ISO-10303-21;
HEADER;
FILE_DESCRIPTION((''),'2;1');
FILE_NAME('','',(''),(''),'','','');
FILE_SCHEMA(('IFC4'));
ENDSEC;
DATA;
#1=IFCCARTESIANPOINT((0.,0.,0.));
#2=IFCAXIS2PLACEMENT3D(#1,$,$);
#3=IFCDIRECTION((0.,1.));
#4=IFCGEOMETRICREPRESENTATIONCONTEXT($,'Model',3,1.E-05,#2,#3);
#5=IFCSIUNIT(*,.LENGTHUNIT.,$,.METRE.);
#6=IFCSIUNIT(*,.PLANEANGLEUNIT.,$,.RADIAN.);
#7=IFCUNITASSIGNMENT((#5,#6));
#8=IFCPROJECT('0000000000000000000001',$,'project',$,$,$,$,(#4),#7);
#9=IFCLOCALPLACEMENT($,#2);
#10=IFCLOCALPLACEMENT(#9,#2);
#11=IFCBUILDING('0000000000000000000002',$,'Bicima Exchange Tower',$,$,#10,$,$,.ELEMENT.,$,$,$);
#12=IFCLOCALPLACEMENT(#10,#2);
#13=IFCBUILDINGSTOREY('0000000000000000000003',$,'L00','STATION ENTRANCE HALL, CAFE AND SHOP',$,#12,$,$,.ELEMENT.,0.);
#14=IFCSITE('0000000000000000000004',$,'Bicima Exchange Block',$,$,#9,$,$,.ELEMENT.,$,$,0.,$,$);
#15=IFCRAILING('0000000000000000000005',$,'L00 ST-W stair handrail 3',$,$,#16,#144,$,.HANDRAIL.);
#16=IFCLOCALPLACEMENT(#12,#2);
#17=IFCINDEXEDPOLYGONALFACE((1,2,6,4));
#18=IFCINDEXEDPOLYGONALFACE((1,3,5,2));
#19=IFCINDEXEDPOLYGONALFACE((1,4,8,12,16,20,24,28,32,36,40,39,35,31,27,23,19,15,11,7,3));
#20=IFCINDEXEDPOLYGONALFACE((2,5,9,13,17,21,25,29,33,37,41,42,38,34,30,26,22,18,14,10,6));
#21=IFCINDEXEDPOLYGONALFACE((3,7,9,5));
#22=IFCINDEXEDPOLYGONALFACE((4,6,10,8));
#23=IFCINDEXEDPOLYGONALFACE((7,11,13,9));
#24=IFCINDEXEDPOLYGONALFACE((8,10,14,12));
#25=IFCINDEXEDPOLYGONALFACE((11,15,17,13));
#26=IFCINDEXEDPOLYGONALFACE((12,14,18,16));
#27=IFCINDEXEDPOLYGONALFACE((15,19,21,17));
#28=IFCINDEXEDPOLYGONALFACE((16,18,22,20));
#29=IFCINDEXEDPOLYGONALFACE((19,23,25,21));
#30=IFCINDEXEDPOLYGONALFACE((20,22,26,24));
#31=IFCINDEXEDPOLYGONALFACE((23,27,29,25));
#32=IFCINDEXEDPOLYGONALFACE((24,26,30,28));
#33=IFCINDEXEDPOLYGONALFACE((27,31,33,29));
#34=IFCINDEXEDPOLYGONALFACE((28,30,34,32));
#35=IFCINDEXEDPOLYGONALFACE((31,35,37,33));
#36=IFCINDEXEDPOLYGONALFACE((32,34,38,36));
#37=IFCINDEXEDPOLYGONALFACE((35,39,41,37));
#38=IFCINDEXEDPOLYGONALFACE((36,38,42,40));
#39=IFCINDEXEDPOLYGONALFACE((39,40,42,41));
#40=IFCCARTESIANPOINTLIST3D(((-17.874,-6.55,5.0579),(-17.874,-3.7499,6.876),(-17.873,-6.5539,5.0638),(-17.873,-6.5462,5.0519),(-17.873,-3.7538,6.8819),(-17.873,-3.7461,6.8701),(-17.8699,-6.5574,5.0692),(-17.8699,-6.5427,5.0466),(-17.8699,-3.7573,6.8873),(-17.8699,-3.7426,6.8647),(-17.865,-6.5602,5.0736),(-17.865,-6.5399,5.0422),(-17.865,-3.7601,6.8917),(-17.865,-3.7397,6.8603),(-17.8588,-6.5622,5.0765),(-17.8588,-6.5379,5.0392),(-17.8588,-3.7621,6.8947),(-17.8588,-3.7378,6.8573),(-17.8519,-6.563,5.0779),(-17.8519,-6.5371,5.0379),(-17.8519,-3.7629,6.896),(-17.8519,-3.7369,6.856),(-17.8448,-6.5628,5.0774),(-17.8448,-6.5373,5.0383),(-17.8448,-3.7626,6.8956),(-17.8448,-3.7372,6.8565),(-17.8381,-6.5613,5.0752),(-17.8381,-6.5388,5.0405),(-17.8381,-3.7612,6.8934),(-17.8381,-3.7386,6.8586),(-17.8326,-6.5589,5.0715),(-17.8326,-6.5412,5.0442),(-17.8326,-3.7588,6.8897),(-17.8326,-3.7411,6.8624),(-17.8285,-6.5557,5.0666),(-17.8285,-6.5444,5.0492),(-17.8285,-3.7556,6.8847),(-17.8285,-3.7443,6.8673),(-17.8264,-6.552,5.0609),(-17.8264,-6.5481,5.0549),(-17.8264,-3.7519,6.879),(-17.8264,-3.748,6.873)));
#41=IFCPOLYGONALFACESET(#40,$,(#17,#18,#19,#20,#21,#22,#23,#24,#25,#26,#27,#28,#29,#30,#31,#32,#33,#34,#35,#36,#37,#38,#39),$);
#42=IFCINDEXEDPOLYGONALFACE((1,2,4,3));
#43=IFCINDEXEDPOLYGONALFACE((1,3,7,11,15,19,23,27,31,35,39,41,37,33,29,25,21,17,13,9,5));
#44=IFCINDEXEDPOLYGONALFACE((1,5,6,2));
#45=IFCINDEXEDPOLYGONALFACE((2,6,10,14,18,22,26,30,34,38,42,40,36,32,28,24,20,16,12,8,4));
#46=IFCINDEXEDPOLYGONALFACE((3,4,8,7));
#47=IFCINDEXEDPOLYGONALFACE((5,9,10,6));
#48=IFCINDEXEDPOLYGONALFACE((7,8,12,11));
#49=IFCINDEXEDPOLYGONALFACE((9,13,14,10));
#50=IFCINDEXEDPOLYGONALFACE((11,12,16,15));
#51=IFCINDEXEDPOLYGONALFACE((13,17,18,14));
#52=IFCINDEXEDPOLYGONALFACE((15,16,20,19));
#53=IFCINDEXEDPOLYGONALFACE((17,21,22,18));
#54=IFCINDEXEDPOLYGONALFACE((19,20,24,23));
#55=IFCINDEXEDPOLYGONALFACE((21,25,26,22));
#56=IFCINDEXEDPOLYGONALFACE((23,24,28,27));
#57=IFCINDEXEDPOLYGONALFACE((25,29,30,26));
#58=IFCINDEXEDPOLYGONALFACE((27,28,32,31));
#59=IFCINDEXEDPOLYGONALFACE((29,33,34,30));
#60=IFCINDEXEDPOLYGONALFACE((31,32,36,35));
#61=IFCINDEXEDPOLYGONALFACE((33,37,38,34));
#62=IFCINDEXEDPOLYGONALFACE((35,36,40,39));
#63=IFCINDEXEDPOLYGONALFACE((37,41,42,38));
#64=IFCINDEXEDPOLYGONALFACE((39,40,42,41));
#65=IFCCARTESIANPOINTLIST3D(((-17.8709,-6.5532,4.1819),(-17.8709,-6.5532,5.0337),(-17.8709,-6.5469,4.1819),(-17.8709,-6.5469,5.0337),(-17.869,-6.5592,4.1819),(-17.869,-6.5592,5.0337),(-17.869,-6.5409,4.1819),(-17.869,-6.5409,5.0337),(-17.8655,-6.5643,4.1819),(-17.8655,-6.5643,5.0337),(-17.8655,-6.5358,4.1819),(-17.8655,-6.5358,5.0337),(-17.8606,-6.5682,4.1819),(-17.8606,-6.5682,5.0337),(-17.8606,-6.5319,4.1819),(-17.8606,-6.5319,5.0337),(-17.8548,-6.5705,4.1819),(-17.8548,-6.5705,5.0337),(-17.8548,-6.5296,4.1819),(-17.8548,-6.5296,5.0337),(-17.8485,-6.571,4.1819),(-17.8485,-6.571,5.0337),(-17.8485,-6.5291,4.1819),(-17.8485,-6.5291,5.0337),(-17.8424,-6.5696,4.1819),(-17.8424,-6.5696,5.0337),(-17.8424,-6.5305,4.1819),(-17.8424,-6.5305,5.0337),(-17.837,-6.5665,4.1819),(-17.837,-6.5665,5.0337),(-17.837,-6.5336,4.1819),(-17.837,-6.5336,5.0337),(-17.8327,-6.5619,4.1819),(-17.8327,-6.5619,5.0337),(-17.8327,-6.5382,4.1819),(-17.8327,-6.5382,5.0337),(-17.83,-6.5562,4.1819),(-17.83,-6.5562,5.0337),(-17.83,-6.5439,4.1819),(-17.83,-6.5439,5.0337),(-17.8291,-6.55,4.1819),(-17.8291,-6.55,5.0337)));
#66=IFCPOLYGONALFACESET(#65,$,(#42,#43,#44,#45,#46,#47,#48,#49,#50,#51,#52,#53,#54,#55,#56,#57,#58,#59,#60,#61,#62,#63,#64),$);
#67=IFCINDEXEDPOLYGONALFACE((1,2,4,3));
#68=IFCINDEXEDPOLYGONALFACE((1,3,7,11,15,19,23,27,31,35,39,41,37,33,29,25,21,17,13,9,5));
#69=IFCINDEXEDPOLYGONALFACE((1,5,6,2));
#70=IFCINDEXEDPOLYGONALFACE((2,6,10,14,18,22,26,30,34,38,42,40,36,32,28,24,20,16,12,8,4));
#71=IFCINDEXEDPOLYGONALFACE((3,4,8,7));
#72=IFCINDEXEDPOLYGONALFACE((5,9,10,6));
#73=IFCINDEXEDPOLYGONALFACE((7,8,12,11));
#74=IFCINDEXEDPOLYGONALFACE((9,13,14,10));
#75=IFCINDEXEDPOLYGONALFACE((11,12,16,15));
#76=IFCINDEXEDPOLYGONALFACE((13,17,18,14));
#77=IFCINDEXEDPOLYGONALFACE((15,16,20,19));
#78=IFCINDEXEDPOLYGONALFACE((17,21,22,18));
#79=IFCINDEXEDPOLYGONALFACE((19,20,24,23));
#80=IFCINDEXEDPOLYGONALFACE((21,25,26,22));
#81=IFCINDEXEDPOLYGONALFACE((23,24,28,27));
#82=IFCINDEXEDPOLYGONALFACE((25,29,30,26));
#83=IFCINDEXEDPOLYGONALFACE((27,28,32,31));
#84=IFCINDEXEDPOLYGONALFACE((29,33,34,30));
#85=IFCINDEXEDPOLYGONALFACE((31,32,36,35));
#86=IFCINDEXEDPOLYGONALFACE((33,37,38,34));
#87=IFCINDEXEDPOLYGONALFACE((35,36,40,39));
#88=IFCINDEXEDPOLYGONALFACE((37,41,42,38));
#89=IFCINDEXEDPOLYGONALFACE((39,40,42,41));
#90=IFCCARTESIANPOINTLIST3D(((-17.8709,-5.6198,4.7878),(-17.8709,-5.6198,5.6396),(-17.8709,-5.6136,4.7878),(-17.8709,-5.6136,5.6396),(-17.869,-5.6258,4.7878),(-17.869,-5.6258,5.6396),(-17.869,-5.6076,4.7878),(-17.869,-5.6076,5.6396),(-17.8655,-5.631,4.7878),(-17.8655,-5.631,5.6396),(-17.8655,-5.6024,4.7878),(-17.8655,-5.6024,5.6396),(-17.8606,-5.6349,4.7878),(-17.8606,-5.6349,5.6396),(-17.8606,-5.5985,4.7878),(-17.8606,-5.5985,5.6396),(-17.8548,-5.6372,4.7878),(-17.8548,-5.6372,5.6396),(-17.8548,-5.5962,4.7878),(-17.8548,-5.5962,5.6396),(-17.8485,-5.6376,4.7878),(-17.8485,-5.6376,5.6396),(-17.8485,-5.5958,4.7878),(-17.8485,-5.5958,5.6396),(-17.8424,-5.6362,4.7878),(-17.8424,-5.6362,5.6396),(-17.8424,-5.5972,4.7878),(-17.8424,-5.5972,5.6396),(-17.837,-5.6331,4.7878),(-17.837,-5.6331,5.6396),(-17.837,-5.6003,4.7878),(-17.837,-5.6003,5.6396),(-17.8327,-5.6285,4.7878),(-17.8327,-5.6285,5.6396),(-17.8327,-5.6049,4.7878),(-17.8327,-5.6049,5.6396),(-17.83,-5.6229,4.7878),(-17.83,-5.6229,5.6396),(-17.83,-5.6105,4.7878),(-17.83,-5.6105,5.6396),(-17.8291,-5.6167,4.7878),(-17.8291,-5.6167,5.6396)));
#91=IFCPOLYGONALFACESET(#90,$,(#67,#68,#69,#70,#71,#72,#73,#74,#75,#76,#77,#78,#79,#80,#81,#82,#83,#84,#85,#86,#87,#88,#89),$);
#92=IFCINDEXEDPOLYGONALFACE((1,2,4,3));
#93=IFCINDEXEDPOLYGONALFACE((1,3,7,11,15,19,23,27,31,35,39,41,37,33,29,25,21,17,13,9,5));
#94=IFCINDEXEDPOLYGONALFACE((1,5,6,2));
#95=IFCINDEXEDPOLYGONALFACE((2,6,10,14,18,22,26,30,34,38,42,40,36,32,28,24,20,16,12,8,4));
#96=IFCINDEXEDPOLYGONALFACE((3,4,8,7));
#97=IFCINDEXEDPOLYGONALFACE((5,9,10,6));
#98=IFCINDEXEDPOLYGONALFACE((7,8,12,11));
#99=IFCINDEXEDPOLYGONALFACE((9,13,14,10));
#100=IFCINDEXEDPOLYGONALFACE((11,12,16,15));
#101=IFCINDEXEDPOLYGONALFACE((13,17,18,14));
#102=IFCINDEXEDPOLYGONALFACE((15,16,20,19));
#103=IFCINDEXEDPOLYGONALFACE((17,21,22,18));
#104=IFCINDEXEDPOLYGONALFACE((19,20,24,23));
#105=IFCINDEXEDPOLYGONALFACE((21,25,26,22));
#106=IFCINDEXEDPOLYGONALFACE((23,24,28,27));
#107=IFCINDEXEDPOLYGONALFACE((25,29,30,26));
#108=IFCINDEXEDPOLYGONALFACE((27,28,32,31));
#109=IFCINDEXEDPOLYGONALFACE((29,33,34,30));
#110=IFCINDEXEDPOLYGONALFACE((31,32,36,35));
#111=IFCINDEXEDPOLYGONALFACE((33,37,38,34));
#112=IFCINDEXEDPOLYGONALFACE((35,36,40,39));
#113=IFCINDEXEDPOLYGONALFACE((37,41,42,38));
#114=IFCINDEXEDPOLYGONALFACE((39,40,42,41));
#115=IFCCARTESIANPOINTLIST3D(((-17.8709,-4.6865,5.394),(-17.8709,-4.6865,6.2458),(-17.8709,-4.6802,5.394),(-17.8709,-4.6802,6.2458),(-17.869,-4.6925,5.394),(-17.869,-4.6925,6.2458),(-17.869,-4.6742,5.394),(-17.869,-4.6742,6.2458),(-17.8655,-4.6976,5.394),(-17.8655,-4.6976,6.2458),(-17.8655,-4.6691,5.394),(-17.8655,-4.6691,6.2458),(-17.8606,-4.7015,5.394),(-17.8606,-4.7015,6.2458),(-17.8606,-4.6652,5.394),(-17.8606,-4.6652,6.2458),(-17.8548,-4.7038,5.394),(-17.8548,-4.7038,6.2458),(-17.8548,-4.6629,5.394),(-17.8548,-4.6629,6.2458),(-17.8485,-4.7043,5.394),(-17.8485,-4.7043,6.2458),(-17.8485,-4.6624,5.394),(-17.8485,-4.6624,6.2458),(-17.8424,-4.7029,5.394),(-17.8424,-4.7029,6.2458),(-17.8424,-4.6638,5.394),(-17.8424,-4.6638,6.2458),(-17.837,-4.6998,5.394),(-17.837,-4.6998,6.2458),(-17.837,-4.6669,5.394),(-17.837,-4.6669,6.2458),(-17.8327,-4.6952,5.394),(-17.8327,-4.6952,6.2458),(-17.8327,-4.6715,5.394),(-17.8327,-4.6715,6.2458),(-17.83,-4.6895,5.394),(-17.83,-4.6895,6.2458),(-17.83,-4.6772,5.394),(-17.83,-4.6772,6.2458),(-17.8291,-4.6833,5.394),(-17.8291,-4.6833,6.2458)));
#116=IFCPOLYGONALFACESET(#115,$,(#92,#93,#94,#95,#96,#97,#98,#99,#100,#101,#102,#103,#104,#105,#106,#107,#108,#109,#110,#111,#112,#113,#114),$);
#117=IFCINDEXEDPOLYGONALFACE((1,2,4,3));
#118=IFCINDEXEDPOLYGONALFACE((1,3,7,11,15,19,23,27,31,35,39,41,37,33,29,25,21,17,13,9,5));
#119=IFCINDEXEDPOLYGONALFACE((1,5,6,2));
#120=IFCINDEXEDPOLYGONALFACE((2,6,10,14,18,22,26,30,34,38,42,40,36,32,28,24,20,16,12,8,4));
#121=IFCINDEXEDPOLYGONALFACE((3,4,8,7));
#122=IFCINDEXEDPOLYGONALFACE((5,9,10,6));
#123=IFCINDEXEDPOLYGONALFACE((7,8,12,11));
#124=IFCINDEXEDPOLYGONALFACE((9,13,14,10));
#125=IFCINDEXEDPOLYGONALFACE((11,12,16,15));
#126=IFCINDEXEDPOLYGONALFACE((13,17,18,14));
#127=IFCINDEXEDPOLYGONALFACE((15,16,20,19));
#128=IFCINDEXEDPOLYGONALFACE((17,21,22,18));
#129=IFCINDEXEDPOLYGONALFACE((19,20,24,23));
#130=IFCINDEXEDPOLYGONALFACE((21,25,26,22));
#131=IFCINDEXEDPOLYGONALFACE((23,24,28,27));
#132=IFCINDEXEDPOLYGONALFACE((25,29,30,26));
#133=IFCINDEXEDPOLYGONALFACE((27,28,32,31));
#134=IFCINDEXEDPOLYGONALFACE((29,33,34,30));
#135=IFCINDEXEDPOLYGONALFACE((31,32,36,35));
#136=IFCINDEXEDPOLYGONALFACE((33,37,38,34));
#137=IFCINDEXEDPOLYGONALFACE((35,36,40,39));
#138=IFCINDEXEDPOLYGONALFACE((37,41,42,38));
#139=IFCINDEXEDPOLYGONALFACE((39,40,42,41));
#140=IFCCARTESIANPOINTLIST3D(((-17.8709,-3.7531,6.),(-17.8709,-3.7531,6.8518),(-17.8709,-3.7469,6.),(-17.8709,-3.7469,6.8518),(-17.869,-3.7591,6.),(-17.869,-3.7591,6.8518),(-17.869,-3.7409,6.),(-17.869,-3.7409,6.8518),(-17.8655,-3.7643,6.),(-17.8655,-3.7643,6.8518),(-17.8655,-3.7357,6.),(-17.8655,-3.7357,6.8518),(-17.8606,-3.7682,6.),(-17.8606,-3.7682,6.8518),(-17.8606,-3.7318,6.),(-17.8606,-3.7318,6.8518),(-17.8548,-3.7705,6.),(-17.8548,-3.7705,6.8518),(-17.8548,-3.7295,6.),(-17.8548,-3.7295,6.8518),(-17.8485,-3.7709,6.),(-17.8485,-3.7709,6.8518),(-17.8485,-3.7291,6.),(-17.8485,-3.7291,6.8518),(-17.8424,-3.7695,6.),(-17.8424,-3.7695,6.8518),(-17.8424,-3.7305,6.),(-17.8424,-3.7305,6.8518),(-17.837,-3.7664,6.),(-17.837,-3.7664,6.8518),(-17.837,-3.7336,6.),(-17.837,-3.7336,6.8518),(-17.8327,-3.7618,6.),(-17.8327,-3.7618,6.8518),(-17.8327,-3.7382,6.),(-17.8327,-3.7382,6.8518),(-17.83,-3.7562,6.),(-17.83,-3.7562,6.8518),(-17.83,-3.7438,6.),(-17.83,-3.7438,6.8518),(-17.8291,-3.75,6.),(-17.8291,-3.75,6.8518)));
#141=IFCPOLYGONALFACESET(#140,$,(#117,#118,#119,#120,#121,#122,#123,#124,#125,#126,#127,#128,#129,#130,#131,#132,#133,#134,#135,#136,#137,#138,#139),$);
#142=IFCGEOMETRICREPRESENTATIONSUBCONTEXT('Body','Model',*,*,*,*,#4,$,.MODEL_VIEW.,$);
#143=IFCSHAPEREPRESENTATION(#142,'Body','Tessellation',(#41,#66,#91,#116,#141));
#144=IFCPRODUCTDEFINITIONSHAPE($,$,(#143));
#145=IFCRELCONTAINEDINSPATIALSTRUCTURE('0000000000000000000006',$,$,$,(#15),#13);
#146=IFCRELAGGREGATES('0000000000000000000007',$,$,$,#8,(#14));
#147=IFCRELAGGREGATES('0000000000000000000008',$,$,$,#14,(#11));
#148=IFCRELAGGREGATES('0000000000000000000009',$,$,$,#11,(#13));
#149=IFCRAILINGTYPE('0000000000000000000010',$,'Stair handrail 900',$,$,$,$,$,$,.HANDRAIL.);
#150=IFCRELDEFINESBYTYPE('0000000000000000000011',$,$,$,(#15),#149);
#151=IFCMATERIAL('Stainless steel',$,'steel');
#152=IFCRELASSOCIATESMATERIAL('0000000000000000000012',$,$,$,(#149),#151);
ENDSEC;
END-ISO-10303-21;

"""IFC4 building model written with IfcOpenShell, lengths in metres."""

from ifc_helpers import new_model, si_unit, direction, frame, origin, origin_2d, place, context, subcontext, project, spatial, circle, extrude, material, type_object, element, save


model = new_model("IFC4")

# Units and contexts
model_context = context("Model", 3, precision=1e-05, world=origin(), true_north=direction((0.0, 1.0)))
body_context = subcontext(model_context, "Body", "Model", "MODEL_VIEW")
ifc_project = project(units=[si_unit("LENGTHUNIT", "METRE"), si_unit("PLANEANGLEUNIT", "RADIAN")], contexts=[model_context])

# Site, building, storey
site_placement = place(None, origin())
site = spatial("IfcSite", under=ifc_project, at=site_placement, Name="Bicima Exchange Block", CompositionType="ELEMENT", RefElevation=0.0)
building_placement = place(site_placement, origin())
building = spatial("IfcBuilding", under=site, at=building_placement, Name="Bicima Exchange Tower", CompositionType="ELEMENT")
storey_placement = place(building_placement, origin())
storey = spatial("IfcBuildingStorey", under=building, at=storey_placement, Name="L00", Description="STATION ENTRANCE HALL, CAFE AND SHOP", CompositionType="ELEMENT", Elevation=0.0)

# Shared definitions
ifc_material_1 = material(Name="Stainless steel", Category="steel")

# Railing
railing_type_1 = type_object("IfcRailingType", Name="Stair handrail 900", PredefinedType="HANDRAIL", material=ifc_material_1)
for number, where, name in (
    (1, (-17.8501, -6.55, 4.1819), "L00 ST-W stair handrail 3"),
):
    element("IfcRailing", number, at=place(storey_placement, frame(where)), inside=storey, type_object=railing_type_1, Name=name, PredefinedType="HANDRAIL", context=body_context, shape_type="SweptSolid", body=[
        extrude(circle(Radius=0.0239, at=origin_2d()), frame((0.0, 0.0, 0.876), z_axis=(0.0, 0.838706, 0.544585), x_axis=(-1.0, 0.0, 0.0)), (0.0, 0.0, 1.0), 3.3386),
        extrude(circle(Radius=0.021, at=origin_2d()), origin(), (0.0, 0.0, 1.0), 0.8518),
        extrude(circle(Radius=0.021, at=origin_2d()), frame((0.0, 0.9333, 0.606)), (0.0, 0.0, 1.0), 0.8518),
        extrude(circle(Radius=0.021, at=origin_2d()), frame((0.0, 1.8667, 1.2122)), (0.0, 0.0, 1.0), 0.8518),
        extrude(circle(Radius=0.021, at=origin_2d()), frame((0.0, 2.8, 1.8181)), (0.0, 0.0, 1.0), 0.8518),
    ])

save(model, "model.ifc")
